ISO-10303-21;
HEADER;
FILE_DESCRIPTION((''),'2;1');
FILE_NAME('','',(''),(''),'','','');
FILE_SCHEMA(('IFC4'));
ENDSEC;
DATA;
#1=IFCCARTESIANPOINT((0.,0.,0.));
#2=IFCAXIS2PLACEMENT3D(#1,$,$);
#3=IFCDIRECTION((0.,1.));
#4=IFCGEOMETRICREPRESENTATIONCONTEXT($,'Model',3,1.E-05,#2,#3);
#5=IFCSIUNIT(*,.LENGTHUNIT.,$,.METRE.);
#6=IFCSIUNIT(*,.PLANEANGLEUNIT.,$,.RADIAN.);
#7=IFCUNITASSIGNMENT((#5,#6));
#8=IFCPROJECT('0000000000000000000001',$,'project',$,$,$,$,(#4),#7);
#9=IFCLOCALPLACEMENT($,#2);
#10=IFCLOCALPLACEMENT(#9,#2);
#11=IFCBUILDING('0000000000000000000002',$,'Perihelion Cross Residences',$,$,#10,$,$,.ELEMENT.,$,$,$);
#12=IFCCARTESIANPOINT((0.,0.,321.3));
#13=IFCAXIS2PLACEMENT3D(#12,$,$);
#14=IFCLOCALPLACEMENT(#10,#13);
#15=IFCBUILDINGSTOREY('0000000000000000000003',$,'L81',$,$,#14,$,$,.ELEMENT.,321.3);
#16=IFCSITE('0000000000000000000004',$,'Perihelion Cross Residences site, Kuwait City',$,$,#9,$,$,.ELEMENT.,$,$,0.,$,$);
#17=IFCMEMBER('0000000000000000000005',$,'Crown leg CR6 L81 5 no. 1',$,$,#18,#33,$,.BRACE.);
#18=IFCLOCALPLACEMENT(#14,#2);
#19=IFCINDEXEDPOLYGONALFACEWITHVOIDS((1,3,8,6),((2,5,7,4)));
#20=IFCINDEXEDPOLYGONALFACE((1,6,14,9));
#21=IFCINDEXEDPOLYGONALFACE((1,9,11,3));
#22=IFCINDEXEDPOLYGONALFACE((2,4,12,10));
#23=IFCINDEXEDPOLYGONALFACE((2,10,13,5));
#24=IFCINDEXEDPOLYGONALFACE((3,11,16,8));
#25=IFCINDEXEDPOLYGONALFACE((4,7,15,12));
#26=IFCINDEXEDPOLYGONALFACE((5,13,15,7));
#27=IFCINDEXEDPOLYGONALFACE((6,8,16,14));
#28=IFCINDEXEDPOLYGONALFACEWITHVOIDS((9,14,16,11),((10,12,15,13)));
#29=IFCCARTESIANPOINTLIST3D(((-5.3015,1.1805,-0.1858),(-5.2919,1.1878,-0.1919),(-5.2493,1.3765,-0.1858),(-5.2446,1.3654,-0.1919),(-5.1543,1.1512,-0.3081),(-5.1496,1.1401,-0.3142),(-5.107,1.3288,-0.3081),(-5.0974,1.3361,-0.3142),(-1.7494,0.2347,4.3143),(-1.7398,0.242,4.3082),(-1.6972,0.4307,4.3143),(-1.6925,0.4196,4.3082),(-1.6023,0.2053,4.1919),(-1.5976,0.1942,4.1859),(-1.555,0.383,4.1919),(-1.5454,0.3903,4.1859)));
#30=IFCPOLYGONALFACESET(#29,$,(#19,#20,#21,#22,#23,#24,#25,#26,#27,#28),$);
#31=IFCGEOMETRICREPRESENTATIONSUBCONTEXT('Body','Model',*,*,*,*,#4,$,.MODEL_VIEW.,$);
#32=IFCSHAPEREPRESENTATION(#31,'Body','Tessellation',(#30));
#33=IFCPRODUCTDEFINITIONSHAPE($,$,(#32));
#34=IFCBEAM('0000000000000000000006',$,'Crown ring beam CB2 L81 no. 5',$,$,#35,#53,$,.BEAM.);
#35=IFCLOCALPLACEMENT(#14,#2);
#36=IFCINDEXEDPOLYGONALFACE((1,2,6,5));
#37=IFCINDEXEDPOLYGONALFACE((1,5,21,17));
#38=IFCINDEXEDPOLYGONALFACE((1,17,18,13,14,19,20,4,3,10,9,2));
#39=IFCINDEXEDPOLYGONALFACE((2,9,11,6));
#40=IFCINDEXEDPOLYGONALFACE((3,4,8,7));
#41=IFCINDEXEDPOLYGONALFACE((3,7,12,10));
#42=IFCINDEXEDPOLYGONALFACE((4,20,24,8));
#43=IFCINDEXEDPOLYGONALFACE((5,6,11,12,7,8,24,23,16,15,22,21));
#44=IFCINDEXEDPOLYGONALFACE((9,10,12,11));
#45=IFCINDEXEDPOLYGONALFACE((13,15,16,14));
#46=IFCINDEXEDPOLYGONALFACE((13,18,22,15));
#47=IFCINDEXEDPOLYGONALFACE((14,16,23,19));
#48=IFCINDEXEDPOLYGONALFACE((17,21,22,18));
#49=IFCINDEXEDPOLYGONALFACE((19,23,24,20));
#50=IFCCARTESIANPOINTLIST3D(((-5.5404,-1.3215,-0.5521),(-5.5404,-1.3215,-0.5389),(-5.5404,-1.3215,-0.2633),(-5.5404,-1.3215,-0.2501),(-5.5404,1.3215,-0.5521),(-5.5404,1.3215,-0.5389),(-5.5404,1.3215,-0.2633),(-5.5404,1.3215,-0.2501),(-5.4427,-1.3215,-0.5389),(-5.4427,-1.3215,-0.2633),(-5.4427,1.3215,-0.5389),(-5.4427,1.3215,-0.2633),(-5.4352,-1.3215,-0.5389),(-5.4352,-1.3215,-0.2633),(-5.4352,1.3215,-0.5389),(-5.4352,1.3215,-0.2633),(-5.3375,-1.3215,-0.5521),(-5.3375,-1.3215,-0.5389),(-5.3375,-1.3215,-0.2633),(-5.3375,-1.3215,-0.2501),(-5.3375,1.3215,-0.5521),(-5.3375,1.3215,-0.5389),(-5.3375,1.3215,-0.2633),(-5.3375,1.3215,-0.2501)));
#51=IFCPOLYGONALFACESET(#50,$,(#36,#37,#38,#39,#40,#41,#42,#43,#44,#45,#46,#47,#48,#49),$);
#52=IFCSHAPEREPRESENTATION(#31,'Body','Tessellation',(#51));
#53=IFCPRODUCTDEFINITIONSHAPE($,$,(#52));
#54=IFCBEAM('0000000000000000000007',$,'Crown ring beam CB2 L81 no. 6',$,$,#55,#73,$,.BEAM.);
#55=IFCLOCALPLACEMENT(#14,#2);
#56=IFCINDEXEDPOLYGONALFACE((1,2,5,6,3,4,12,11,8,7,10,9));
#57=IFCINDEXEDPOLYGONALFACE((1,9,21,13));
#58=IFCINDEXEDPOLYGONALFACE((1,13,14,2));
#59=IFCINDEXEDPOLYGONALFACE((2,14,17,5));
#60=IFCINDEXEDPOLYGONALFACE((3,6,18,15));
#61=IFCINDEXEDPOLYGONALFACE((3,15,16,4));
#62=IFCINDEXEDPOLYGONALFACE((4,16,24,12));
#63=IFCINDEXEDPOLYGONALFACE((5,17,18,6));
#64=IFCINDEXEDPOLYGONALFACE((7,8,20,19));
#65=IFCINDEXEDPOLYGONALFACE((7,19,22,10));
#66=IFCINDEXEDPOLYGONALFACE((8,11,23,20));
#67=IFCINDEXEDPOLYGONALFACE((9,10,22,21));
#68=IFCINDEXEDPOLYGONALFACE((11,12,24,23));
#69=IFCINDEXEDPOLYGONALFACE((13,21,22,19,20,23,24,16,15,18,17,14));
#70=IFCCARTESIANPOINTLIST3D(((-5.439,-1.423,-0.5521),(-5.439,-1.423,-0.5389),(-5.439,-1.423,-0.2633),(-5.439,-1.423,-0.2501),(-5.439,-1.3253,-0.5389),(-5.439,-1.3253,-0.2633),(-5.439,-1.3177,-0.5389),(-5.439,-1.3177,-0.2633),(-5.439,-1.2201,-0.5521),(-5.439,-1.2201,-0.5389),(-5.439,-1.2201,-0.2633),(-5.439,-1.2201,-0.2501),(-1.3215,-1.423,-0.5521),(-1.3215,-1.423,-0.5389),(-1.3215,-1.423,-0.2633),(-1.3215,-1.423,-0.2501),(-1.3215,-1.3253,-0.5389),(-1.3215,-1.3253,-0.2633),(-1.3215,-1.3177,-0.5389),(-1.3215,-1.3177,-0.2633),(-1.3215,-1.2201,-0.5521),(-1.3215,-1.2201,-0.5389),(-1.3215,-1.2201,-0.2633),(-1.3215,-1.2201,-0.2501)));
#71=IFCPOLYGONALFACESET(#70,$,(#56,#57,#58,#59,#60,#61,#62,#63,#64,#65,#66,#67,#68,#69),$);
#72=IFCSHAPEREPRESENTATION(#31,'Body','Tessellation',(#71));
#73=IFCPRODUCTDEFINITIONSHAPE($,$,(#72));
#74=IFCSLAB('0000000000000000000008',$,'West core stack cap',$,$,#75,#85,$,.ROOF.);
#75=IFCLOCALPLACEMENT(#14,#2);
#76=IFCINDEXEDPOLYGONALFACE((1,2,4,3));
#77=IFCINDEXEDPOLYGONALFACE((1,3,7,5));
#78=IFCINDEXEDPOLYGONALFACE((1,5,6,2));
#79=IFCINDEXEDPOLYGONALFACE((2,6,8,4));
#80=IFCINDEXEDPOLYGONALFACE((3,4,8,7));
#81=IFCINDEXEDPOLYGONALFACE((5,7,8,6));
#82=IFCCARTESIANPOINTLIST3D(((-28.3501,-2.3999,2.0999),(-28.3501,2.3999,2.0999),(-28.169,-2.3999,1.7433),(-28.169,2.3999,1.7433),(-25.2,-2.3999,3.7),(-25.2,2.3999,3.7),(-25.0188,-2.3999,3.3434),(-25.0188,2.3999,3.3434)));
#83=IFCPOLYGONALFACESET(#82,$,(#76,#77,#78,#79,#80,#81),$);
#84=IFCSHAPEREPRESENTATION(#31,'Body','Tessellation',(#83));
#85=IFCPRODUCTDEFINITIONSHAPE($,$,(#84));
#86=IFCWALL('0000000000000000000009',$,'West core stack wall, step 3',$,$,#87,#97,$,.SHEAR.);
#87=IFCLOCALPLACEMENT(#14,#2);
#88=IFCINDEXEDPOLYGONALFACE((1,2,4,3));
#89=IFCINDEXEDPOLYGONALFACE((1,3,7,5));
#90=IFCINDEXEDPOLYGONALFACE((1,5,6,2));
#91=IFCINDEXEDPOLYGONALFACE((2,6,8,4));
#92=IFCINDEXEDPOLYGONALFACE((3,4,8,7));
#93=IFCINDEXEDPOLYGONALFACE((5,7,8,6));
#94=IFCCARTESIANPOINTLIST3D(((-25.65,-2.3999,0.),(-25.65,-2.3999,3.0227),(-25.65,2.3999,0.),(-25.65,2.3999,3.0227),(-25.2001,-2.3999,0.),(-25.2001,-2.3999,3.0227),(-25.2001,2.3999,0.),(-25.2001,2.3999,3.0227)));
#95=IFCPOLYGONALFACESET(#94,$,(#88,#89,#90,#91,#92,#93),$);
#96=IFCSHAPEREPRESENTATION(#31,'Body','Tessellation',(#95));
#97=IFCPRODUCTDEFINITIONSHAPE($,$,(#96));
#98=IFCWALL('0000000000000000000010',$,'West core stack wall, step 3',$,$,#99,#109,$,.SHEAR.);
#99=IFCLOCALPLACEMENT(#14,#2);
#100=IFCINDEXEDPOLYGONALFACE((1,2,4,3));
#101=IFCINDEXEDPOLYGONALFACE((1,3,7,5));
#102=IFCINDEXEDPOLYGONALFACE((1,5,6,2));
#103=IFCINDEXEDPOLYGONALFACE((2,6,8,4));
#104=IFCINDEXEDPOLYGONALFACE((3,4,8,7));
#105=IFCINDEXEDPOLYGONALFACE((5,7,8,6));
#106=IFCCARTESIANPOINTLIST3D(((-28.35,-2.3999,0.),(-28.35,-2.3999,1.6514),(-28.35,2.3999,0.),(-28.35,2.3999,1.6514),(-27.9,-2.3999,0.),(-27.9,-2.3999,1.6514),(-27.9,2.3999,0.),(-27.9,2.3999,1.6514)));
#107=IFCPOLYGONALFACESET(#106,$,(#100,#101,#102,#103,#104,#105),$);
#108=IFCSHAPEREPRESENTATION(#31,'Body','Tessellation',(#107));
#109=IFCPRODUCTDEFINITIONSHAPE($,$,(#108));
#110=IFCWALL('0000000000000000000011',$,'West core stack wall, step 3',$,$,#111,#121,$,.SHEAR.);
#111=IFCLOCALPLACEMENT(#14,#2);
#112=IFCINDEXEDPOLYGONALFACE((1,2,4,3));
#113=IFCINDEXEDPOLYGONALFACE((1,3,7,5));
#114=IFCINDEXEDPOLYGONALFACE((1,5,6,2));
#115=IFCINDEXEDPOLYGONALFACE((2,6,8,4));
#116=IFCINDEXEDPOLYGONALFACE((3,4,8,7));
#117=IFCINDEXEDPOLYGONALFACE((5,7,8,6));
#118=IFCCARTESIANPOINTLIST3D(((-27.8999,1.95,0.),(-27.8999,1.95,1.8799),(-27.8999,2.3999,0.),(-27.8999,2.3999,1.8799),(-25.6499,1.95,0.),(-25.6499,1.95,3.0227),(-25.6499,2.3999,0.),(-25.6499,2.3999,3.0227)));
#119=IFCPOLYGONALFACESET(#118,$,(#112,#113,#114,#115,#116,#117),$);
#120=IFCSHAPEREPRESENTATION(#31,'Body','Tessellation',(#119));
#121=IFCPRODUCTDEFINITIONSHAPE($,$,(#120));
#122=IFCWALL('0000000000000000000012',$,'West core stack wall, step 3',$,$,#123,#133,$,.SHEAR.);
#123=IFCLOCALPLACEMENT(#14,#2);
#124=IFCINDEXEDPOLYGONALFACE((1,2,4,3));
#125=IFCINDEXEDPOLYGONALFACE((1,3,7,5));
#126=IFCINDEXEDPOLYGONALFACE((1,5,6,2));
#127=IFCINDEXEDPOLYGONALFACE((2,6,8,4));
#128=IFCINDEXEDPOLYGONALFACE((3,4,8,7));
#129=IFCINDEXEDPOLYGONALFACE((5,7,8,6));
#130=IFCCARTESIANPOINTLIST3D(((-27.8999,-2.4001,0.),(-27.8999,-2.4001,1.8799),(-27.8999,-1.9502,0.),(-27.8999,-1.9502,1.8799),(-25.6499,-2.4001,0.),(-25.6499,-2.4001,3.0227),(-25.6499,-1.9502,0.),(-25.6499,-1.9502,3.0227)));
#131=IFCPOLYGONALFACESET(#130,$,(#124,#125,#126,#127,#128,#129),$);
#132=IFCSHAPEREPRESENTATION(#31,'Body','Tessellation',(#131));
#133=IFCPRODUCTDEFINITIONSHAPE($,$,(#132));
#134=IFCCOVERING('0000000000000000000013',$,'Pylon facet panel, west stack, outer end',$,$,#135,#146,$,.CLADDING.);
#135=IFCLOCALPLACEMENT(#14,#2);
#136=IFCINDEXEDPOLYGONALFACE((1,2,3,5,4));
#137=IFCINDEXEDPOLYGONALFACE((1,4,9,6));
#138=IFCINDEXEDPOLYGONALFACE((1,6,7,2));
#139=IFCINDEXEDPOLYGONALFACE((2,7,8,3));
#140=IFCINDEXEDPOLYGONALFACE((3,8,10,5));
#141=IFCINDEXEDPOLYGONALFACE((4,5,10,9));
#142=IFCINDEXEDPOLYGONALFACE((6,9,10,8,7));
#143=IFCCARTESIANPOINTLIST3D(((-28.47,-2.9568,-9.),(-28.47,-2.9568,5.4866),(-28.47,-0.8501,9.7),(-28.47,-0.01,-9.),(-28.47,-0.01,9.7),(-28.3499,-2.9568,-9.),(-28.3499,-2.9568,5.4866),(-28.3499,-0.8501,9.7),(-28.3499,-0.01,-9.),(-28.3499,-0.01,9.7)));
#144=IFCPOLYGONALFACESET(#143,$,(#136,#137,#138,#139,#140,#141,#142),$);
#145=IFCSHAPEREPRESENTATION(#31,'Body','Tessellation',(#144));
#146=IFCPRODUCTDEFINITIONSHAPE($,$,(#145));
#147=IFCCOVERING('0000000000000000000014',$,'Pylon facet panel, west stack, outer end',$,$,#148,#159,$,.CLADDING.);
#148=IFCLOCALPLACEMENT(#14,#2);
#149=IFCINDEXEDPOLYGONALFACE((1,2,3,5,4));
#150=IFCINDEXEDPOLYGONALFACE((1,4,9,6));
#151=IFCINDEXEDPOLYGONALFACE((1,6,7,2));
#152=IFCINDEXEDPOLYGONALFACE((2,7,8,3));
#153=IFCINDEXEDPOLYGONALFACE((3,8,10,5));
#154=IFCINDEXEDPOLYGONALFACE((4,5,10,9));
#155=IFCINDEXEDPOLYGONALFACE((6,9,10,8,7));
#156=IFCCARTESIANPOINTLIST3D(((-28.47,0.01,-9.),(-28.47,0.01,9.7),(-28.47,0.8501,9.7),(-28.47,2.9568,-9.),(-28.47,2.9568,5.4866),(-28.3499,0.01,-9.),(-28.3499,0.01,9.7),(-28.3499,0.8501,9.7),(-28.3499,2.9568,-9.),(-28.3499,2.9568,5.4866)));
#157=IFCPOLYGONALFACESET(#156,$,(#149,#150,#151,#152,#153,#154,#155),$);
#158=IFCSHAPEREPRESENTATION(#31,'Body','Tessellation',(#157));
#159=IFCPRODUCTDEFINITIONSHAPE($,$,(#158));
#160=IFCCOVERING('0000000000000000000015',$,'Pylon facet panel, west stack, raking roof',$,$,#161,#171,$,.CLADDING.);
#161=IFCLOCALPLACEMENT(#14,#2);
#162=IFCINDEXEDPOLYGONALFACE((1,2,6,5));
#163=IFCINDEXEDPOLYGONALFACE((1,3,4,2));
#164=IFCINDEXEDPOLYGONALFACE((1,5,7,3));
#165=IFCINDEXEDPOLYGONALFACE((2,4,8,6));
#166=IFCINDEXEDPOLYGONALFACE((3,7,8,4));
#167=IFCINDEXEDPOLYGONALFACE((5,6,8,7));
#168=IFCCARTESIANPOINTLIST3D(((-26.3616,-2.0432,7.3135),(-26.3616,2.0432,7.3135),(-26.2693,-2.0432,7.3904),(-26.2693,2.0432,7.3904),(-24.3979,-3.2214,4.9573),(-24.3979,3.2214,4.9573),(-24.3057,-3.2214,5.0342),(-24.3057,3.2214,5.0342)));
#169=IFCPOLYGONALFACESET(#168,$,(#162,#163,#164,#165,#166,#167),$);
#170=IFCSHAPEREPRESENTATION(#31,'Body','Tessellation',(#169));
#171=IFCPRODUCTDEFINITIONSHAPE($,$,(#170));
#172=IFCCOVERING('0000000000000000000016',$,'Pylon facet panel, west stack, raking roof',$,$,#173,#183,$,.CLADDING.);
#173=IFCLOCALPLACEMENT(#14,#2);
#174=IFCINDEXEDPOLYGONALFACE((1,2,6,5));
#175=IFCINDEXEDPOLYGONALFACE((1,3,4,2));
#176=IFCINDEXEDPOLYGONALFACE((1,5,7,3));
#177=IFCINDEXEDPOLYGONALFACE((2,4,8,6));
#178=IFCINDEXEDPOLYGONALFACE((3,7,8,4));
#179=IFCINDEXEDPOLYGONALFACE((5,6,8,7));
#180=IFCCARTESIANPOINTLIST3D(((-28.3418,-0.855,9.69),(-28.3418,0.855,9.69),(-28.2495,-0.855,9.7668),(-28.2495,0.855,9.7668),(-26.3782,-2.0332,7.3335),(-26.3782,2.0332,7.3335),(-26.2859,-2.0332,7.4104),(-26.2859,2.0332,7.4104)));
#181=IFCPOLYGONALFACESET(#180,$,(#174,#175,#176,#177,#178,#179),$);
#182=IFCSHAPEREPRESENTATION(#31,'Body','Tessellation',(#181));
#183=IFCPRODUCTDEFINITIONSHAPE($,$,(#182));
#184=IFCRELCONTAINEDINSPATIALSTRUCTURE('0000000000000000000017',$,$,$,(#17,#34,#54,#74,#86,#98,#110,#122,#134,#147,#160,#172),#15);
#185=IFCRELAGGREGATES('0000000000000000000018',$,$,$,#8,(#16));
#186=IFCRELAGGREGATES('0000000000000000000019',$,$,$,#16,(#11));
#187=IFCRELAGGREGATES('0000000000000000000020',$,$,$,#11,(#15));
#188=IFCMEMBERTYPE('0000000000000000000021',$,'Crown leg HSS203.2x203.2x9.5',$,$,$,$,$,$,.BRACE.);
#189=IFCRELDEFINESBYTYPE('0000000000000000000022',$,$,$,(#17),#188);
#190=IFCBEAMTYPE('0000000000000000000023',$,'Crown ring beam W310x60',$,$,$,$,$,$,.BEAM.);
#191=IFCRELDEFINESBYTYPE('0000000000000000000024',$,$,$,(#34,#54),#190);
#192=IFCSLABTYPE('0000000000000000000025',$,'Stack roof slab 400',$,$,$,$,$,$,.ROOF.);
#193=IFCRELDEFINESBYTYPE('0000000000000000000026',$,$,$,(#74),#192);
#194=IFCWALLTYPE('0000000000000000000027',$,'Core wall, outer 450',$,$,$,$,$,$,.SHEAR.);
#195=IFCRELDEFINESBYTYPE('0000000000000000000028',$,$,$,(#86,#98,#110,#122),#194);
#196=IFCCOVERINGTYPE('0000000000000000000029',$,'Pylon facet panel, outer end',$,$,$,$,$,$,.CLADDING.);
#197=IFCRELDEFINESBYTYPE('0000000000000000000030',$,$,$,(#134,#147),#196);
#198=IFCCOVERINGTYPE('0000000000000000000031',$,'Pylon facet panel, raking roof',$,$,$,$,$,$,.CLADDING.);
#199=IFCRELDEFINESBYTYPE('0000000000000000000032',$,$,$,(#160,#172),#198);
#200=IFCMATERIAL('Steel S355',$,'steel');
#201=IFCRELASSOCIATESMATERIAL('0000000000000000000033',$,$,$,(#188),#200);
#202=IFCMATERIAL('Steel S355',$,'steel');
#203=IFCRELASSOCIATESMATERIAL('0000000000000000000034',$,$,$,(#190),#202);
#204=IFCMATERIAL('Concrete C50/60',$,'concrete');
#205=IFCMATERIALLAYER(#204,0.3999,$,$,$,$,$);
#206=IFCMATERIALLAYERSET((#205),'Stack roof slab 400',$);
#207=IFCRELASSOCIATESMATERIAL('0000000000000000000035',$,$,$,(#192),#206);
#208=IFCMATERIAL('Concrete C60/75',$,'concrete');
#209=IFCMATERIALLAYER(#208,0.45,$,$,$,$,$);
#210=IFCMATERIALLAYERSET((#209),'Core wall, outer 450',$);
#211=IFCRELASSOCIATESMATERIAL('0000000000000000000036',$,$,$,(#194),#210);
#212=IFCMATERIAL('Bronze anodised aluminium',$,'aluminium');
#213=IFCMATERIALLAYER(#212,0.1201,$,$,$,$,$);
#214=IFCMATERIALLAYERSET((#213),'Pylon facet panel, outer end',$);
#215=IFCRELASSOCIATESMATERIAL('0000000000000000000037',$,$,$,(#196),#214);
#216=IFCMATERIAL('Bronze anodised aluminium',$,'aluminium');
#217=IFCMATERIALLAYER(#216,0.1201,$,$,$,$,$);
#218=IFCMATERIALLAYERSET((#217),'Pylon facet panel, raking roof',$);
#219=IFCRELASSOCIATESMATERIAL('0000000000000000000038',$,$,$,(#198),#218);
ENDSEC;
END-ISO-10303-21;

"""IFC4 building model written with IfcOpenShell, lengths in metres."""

from ifc_helpers import new_model, si_unit, direction, frame, frame_2d, origin, origin_2d, place, context, subcontext, project, spatial, polyline, rectangle, hollow_rectangle, i_section, outline, extrude, material, layer, layer_set, material_profile, profile_set, type_object, element, save


model = new_model("IFC4")

# Units and contexts
model_context = context("Model", 3, precision=1e-05, world=origin(), true_north=direction((0.0, 1.0)))
body_context = subcontext(model_context, "Body", "Model", "MODEL_VIEW")
ifc_project = project(units=[si_unit("LENGTHUNIT", "METRE"), si_unit("PLANEANGLEUNIT", "RADIAN")], contexts=[model_context])

# Site, building, storey
site_placement = place(None, origin())
site = spatial("IfcSite", under=ifc_project, at=site_placement, Name="Perihelion Cross Residences site, Kuwait City", CompositionType="ELEMENT", RefElevation=0.0)
building_placement = place(site_placement, origin())
building = spatial("IfcBuilding", under=site, at=building_placement, Name="Perihelion Cross Residences", CompositionType="ELEMENT")
storey_placement = place(building_placement, frame((0.0, 0.0, 321.3)))
storey = spatial("IfcBuildingStorey", under=building, at=storey_placement, Name="L81", CompositionType="ELEMENT", Elevation=321.3)

# Member
ifc_material_1 = material(Name="Steel S355", Category="steel")
ifc_material_profile_1 = material_profile(ifc_material_1, hollow_rectangle(XDim=0.2029, YDim=0.2029, WallThickness=0.0095, at=origin_2d()), Name="HSS203.2x203.2x9.5")
ifc_profile_set_1 = profile_set([ifc_material_profile_1], Name="Steel S355")
member_type = type_object("IfcMemberType", Name="Crown leg HSS203.2x203.2x9.5", PredefinedType="BRACE", material=ifc_profile_set_1)
member_placement = place(storey_placement, frame((-5.1995, 1.2583, -0.25), z_axis=(0.611313, -0.162776, 0.774468), x_axis=(0.257307, 0.96633, 0.0)))
element("IfcMember", 1, at=member_placement, inside=storey, type_object=member_type, Name="Crown leg CR6 L81 5 no. 1", PredefinedType="BRACE", context=body_context, shape_type="SweptSolid", body=[
    extrude(hollow_rectangle(XDim=0.2029, YDim=0.2029, WallThickness=0.0095, at=origin_2d()), origin(), (0.0, 0.0, 1.0), 5.8105),
])

# Beams
ifc_material_2 = material(Name="Steel S355", Category="steel")
ifc_material_profile_2 = material_profile(ifc_material_2, i_section(OverallWidth=0.2029, OverallDepth=0.302, WebThickness=0.0076, FlangeThickness=0.0132, at=origin_2d()), Name="W310x60")
ifc_profile_set_2 = profile_set([ifc_material_profile_2], Name="Steel S355")
beam_type = type_object("IfcBeamType", Name="Crown ring beam W310x60", PredefinedType="BEAM", material=ifc_profile_set_2)
beam_1_placement = place(storey_placement, frame((-5.439, 1.3215, -0.4011), z_axis=(0.0, -1.0, 0.0), x_axis=(1.0, 0.0, 0.0)))
element("IfcBeam", 2, at=beam_1_placement, inside=storey, type_object=beam_type, Name="Crown ring beam CB2 L81 no. 5", PredefinedType="BEAM", context=body_context, shape_type="SweptSolid", body=[
    extrude(i_section(OverallWidth=0.2029, OverallDepth=0.302, WebThickness=0.0076, FlangeThickness=0.0132, at=origin_2d()), origin(), (0.0, 0.0, 1.0), 2.6431),
])
beam_2_placement = place(storey_placement, frame((-5.439, -1.3215, -0.4011), z_axis=(1.0, 0.0, 0.0), x_axis=(0.0, 1.0, 0.0)))
element("IfcBeam", 3, at=beam_2_placement, inside=storey, type_object=beam_type, Name="Crown ring beam CB2 L81 no. 6", PredefinedType="BEAM", context=body_context, shape_type="SweptSolid", body=[
    extrude(i_section(OverallWidth=0.2029, OverallDepth=0.302, WebThickness=0.0076, FlangeThickness=0.0132, at=origin_2d()), origin(), (0.0, 0.0, 1.0), 4.1174),
])

# Slab
ifc_material_3 = material(Name="Concrete C50/60", Category="concrete")
ifc_layer_1 = layer(ifc_material_3, 0.3999)
ifc_layer_set_1 = layer_set([ifc_layer_1], Name="Stack roof slab 400")
slab_type = type_object("IfcSlabType", Name="Stack roof slab 400", PredefinedType="ROOF", material=ifc_layer_set_1)
slab_placement = place(storey_placement, frame((-25.2, 2.3999, 3.7), z_axis=(-0.452871, 0.0, 0.891576), x_axis=(-0.891576, 0.0, -0.452871)))
element("IfcSlab", 4, at=slab_placement, inside=storey, type_object=slab_type, Name="West core stack cap", PredefinedType="ROOF", context=body_context, shape_type="SweptSolid", body=[
    extrude(outline(polyline([(0.0, 0.0), (3.5332, 0.0), (3.5332, 4.7998), (0.0, 4.7998), (0.0, 0.0)])), origin(), (0.0, 0.0, -1.0), 0.3999),
])

# Walls
ifc_material_4 = material(Name="Concrete C60/75", Category="concrete")
ifc_layer_2 = layer(ifc_material_4, 0.45)
ifc_layer_set_2 = layer_set([ifc_layer_2], Name="Core wall, outer 450")
wall_type = type_object("IfcWallType", Name="Core wall, outer 450", PredefinedType="SHEAR", material=ifc_layer_set_2)
wall_1_placement = place(storey_placement, frame((-25.425, -2.3999, 0.0), z_axis=(0.0, 0.0, 1.0), x_axis=(0.0, 1.0, 0.0)))
element("IfcWall", 5, at=wall_1_placement, inside=storey, type_object=wall_type, Name="West core stack wall, step 3", PredefinedType="SHEAR", context=body_context, shape_type="SweptSolid", body=[
    extrude(rectangle(XDim=4.7998, YDim=0.45, at=frame_2d((2.3999, 0.0))), origin(), (0.0, 0.0, 1.0), 3.0227),
])
wall_2_placement = place(storey_placement, frame((-28.125, -2.3999, 0.0), z_axis=(0.0, 0.0, 1.0), x_axis=(0.0, 1.0, 0.0)))
element("IfcWall", 6, at=wall_2_placement, inside=storey, type_object=wall_type, Name="West core stack wall, step 3", PredefinedType="SHEAR", context=body_context, shape_type="SweptSolid", body=[
    extrude(rectangle(XDim=4.7998, YDim=0.45, at=frame_2d((2.3999, 0.0))), origin(), (0.0, 0.0, 1.0), 1.6514),
])
for number, where, z_axis, x_axis, name in (
    (7, (-25.6499, 2.175, 0.0), (0.0, 0.0, 1.0), (-1.0, 0.0, 0.0), "West core stack wall, step 3"),
    (8, (-25.6499, -2.175, 0.0), (0.0, 0.0, 1.0), (-1.0, 0.0, 0.0), "West core stack wall, step 3"),
):
    element("IfcWall", number, at=place(storey_placement, frame(where, z_axis=z_axis, x_axis=x_axis)), inside=storey, type_object=wall_type, Name=name, PredefinedType="SHEAR", context=body_context, shape_type="SweptSolid", body=[
        extrude(outline(polyline([(0.0, 0.0), (2.25, 0.0), (2.25, 1.8799), (0.0, 3.0227), (0.0, 0.0)])), frame((0.0, 0.2251, 0.0), z_axis=(0.0, -1.0, 0.0), x_axis=(1.0, 0.0, 0.0)), (0.0, 0.0, 1.0), 0.45),
    ])

# Coverings
ifc_material_5 = material(Name="Bronze anodised aluminium", Category="aluminium")
ifc_layer_3 = layer(ifc_material_5, 0.1201)
ifc_layer_set_3 = layer_set([ifc_layer_3], Name="Pylon facet panel, outer end")
covering_type_1 = type_object("IfcCoveringType", Name="Pylon facet panel, outer end", PredefinedType="CLADDING", material=ifc_layer_set_3)
covering_1_placement = place(storey_placement, frame((-28.47, -0.8501, 9.7), z_axis=(-1.0, 0.0, 0.0), x_axis=(0.0, 1.0, 0.0)))
element("IfcCovering", 9, at=covering_1_placement, inside=storey, type_object=covering_type_1, Name="Pylon facet panel, west stack, outer end", PredefinedType="CLADDING", context=body_context, shape_type="SweptSolid", body=[
    extrude(outline(polyline([(0.0, 0.0), (0.8401, 0.0), (0.8401, 18.7), (-2.1067, 18.7), (-2.1067, 4.2134), (0.0, 0.0)])), origin(), (0.0, 0.0, -1.0), 0.1201),
])
covering_2_placement = place(storey_placement, frame((-28.47, 0.8501, 9.7), z_axis=(-1.0, 0.0, 0.0), x_axis=(0.0, 0.447214, -0.894427)))
element("IfcCovering", 10, at=covering_2_placement, inside=storey, type_object=covering_type_1, Name="Pylon facet panel, west stack, outer end", PredefinedType="CLADDING", context=body_context, shape_type="SweptSolid", body=[
    extrude(outline(polyline([(0.0, 0.0), (4.7107, 0.0), (17.6679, 6.4786), (16.35, 9.1143), (-0.3757, 0.7514), (0.0, 0.0)])), origin(), (0.0, 0.0, -1.0), 0.1201),
])
ifc_material_6 = material(Name="Bronze anodised aluminium", Category="aluminium")
ifc_layer_4 = layer(ifc_material_6, 0.1201)
ifc_layer_set_4 = layer_set([ifc_layer_4], Name="Pylon facet panel, raking roof")
covering_type_2 = type_object("IfcCoveringType", Name="Pylon facet panel, raking roof", PredefinedType="CLADDING", material=ifc_layer_set_4)
covering_3_placement = place(storey_placement, frame((-26.2693, 2.0432, 7.3904), z_axis=(0.768202, 0.0, 0.640208), x_axis=(0.0, -1.0, 0.0)))
element("IfcCovering", 11, at=covering_3_placement, inside=storey, type_object=covering_type_2, Name="Pylon facet panel, west stack, raking roof", PredefinedType="CLADDING", context=body_context, shape_type="SweptSolid", body=[
    extrude(outline(polyline([(0.0, 0.0), (4.0864, 0.0), (5.2646, 3.0672), (-1.1782, 3.0672), (0.0, 0.0)])), origin(), (0.0, 0.0, -1.0), 0.1201),
])
covering_4_placement = place(storey_placement, frame((-28.2495, 0.855, 9.7668), z_axis=(0.768234, 0.0, 0.640169), x_axis=(0.0, -1.0, 0.0)))
element("IfcCovering", 12, at=covering_4_placement, inside=storey, type_object=covering_type_2, Name="Pylon facet panel, west stack, raking roof", PredefinedType="CLADDING", context=body_context, shape_type="SweptSolid", body=[
    extrude(outline(polyline([(0.0, 0.0), (1.71, 0.0), (2.8882, 3.0674), (-1.1782, 3.0674), (0.0, 0.0)])), origin(), (0.0, 0.0, -1.0), 0.1201),
])

save(model, "model.ifc")
